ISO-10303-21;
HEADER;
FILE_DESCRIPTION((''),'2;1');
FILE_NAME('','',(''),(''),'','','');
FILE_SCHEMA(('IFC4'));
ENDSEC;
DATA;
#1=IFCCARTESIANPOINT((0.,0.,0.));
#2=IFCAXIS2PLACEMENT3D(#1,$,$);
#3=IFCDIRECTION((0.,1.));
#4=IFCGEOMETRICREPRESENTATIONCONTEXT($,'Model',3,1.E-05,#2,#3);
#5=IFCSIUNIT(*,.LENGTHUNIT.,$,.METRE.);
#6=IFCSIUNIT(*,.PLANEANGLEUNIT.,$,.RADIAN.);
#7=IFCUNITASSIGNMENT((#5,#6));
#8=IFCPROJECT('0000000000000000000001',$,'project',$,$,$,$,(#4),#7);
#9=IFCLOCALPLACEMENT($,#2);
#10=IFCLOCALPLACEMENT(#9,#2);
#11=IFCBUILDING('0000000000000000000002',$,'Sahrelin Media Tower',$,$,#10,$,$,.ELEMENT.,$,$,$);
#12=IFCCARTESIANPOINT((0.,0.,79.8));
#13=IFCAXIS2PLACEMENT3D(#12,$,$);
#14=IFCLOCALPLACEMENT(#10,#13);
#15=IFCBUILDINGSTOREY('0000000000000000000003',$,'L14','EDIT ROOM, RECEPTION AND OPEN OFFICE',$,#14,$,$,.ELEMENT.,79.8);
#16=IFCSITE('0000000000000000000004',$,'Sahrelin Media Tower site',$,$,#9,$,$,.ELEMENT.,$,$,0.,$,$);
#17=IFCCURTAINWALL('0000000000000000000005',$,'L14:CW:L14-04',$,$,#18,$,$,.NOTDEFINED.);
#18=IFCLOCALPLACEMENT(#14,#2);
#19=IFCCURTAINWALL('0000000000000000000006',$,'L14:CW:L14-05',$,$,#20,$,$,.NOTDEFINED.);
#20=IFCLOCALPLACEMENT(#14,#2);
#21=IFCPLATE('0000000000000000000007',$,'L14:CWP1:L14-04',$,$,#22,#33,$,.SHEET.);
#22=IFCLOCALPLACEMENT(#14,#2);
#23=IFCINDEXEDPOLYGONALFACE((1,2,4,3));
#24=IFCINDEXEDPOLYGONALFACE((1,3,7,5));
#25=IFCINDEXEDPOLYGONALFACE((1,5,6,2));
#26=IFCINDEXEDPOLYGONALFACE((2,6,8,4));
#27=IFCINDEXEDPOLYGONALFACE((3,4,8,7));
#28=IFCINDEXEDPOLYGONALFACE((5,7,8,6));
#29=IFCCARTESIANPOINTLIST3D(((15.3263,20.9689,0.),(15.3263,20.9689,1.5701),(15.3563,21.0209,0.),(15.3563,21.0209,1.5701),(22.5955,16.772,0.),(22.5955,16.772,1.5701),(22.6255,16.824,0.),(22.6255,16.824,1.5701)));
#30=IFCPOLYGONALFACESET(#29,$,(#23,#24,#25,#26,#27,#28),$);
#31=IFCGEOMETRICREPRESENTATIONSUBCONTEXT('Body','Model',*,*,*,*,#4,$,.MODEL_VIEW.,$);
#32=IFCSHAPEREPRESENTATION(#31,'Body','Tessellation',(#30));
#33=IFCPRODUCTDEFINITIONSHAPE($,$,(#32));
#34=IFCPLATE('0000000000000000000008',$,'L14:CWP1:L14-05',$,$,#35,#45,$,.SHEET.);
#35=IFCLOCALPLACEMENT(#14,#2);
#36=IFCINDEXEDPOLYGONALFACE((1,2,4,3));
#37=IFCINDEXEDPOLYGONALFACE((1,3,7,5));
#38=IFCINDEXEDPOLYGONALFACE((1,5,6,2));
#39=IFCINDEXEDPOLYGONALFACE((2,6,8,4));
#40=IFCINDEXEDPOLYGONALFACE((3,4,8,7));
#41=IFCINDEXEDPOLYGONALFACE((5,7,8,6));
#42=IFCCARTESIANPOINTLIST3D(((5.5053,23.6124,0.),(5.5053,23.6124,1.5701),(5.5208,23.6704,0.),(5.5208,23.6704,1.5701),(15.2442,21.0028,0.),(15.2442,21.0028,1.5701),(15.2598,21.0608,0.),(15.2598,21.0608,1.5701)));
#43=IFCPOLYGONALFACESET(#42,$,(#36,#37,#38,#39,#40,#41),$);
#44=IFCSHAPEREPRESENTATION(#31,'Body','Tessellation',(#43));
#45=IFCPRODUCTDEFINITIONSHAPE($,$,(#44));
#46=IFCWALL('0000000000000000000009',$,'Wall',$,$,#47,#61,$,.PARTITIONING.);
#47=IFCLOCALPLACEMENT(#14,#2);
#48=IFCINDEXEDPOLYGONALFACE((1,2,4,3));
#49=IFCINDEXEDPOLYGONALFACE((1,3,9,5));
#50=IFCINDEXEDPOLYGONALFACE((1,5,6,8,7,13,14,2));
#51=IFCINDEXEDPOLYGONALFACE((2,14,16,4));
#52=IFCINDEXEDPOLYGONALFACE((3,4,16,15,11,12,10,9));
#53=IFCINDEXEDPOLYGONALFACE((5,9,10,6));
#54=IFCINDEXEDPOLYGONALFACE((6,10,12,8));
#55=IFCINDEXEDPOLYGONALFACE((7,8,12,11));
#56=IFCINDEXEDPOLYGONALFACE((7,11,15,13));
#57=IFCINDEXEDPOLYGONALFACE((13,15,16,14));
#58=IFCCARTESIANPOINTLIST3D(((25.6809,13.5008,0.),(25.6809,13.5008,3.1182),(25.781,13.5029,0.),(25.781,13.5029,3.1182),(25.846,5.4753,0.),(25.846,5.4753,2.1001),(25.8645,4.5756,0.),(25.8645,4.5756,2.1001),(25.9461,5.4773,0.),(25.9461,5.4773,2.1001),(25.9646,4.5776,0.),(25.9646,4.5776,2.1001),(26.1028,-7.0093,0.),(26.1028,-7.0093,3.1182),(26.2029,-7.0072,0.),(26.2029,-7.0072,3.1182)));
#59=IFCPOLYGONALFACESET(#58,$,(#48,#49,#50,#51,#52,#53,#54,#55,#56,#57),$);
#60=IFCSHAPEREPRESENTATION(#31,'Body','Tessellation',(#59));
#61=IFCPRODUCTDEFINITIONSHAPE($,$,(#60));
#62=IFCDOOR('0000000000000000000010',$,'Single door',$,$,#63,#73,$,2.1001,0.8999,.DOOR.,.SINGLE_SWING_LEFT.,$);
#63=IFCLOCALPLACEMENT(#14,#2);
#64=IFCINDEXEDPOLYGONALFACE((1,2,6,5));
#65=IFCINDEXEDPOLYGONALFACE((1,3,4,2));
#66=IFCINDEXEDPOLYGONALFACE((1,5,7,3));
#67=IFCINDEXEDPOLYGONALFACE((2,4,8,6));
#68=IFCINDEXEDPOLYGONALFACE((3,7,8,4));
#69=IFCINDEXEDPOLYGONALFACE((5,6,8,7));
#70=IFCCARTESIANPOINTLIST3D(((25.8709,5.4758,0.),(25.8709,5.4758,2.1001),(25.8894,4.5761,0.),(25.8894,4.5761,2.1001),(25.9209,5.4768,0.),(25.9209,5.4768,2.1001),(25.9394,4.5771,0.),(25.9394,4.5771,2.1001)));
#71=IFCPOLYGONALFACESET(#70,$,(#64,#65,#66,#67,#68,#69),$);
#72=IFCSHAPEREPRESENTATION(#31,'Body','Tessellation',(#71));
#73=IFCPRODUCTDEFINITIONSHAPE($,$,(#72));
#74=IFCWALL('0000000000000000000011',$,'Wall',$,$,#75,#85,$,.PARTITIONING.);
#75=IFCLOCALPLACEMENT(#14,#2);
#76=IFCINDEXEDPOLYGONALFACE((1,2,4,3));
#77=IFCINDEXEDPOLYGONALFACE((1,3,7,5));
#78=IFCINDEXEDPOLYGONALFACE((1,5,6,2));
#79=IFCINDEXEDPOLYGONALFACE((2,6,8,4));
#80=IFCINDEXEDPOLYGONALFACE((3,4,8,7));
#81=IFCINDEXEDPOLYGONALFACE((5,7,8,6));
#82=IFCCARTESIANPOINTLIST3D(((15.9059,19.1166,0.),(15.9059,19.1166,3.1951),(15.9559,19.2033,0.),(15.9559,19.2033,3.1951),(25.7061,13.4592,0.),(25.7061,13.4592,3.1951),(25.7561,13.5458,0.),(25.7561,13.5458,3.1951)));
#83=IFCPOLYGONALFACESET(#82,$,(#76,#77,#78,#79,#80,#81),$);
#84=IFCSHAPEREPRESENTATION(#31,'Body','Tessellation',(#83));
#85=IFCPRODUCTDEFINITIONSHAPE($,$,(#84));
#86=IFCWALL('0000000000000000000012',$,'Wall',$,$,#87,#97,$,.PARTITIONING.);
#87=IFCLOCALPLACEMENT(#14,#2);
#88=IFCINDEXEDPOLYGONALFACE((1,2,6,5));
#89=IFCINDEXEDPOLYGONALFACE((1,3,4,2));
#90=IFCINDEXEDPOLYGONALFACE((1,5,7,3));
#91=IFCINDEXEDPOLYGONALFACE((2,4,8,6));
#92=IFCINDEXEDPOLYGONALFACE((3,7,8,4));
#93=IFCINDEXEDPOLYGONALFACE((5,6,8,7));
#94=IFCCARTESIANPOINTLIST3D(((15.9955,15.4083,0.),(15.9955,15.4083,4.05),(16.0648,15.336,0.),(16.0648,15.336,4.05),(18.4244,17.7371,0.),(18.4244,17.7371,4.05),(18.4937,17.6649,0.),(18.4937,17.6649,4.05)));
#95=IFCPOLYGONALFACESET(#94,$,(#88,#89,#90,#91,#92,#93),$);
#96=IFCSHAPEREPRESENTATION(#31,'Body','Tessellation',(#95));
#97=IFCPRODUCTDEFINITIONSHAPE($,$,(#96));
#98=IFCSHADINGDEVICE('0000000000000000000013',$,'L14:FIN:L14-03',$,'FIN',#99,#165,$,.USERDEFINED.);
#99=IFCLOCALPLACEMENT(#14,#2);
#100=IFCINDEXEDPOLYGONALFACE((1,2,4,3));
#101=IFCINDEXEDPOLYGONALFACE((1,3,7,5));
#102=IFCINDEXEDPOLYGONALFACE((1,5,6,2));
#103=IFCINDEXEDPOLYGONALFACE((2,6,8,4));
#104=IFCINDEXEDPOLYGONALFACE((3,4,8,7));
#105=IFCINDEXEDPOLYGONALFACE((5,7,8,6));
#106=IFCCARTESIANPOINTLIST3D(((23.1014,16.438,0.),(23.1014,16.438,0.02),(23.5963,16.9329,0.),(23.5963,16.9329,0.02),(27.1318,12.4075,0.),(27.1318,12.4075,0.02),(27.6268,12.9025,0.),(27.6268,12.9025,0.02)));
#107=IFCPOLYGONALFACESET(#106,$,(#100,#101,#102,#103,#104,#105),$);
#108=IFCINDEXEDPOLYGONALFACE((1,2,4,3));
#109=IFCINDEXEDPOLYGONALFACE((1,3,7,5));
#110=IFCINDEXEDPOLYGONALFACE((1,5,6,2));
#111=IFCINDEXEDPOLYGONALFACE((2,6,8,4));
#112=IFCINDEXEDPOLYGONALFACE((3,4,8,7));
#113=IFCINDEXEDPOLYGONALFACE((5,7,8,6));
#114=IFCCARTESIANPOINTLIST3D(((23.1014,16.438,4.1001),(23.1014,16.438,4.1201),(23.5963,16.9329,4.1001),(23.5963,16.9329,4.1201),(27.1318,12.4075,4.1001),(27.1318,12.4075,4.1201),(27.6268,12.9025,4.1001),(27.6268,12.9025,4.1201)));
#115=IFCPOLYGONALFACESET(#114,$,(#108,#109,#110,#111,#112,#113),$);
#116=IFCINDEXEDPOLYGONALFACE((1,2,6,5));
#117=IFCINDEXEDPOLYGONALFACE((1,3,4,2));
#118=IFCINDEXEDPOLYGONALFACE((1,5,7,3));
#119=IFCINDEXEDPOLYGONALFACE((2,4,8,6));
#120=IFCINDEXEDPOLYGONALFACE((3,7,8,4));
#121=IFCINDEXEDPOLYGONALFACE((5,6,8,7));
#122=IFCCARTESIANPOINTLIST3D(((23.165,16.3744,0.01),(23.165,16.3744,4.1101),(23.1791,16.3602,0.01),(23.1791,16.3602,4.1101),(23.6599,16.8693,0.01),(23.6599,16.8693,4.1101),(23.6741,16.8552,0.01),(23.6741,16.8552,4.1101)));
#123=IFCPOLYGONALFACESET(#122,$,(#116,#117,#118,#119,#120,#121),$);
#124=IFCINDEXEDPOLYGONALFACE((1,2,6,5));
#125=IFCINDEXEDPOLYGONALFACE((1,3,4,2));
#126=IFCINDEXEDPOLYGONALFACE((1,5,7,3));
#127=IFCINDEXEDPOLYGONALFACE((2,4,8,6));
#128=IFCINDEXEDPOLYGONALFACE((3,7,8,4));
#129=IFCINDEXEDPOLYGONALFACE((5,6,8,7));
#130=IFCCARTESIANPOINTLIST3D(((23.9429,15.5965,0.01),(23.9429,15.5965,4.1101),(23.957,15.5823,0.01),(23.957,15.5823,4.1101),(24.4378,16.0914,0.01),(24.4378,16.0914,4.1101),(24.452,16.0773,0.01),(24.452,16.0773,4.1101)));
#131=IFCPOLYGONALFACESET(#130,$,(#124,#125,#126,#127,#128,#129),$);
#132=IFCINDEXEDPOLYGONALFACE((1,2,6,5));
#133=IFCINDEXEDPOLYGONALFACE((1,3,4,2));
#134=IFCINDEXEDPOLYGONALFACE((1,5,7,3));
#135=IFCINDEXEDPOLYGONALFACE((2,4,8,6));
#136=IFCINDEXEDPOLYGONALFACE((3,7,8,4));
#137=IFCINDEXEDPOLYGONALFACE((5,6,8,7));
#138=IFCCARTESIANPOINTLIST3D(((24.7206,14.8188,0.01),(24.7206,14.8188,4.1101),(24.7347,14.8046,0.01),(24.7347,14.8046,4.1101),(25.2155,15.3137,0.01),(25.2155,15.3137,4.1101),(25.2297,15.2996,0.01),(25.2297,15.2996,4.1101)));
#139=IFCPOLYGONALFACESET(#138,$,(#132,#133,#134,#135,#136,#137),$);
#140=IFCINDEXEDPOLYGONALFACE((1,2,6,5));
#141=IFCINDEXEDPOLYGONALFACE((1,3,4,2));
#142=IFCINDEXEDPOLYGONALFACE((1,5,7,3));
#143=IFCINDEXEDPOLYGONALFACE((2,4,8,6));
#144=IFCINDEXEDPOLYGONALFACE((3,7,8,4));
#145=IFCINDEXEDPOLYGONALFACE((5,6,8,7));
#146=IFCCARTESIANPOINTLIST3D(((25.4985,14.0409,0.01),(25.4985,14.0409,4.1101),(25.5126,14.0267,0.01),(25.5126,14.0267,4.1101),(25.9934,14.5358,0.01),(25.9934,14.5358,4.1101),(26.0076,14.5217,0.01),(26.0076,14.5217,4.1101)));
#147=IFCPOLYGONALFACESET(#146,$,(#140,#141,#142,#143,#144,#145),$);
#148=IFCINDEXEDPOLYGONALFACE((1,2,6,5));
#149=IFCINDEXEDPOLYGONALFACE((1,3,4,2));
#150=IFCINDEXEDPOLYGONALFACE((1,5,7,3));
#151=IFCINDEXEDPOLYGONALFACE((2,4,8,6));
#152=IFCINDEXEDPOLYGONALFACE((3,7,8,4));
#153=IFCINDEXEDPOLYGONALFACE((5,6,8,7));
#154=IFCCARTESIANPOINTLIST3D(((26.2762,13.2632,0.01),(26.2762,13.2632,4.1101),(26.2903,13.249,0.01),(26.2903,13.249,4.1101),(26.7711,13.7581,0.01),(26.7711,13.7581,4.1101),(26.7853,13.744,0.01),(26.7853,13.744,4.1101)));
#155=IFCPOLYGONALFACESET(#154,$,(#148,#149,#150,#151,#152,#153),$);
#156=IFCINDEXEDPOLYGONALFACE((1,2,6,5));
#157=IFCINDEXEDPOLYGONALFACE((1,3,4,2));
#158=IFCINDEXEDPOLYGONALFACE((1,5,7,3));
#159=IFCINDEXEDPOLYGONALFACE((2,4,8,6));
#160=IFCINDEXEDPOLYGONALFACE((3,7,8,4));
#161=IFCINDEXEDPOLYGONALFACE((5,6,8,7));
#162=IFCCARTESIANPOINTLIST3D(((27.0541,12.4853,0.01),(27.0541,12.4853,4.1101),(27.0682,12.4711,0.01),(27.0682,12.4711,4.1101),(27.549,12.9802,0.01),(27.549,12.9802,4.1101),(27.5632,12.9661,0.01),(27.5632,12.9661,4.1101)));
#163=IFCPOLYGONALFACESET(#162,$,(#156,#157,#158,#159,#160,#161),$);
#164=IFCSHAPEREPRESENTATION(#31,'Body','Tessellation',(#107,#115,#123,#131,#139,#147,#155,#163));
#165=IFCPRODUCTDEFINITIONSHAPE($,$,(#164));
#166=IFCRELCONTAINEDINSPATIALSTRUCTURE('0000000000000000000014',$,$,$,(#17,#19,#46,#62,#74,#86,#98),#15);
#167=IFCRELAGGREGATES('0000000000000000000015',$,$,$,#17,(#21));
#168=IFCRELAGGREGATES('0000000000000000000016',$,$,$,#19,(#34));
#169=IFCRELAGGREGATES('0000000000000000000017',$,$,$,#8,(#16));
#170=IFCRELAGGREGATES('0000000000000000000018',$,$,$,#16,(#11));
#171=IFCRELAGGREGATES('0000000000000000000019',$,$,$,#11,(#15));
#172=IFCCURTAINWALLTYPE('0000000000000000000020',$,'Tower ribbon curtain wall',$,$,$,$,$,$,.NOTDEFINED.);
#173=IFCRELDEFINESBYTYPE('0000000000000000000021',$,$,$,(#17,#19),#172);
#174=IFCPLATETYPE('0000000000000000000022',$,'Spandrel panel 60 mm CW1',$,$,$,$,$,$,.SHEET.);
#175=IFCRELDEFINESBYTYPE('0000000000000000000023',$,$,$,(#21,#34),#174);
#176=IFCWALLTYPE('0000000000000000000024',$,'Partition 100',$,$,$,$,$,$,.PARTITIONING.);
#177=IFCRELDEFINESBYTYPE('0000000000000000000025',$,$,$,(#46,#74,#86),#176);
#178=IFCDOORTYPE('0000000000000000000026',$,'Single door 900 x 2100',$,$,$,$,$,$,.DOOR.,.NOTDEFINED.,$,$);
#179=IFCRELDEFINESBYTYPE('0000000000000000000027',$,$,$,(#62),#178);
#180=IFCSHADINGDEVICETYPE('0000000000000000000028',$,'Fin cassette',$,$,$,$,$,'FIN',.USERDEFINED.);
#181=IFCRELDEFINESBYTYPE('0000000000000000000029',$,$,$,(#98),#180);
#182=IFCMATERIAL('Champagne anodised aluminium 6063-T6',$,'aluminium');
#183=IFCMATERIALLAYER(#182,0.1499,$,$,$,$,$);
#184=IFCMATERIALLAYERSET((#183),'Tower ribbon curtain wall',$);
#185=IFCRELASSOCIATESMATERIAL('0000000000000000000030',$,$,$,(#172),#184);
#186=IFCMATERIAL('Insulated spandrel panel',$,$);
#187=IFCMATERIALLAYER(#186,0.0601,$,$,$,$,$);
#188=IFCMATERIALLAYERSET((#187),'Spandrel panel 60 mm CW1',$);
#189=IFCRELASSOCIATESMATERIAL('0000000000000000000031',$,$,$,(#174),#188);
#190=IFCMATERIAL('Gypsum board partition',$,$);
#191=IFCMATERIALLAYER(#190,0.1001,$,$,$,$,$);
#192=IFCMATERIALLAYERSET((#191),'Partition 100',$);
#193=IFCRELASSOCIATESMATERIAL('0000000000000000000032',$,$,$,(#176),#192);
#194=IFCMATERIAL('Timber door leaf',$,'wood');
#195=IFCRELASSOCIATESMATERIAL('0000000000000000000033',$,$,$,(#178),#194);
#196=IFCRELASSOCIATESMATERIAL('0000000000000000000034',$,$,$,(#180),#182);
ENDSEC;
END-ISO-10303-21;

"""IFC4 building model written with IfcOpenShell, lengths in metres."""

from ifc_helpers import new_model, si_unit, direction, frame, frame_2d, origin, origin_2d, place, context, subcontext, project, spatial, polyline, rectangle, outline, extrude, material, layer, layer_set, type_object, element, fill, aggregate, save


model = new_model("IFC4")

# Units and contexts
model_context = context("Model", 3, precision=1e-05, world=origin(), true_north=direction((0.0, 1.0)))
body_context = subcontext(model_context, "Body", "Model", "MODEL_VIEW")
ifc_project = project(units=[si_unit("LENGTHUNIT", "METRE"), si_unit("PLANEANGLEUNIT", "RADIAN")], contexts=[model_context])

# Site, building, storey
site_placement = place(None, origin())
site = spatial("IfcSite", under=ifc_project, at=site_placement, Name="Sahrelin Media Tower site", CompositionType="ELEMENT", RefElevation=0.0)
building_placement = place(site_placement, origin())
building = spatial("IfcBuilding", under=site, at=building_placement, Name="Sahrelin Media Tower", CompositionType="ELEMENT")
storey_placement = place(building_placement, frame((0.0, 0.0, 79.8)))
storey = spatial("IfcBuildingStorey", under=building, at=storey_placement, Name="L14", Description="EDIT ROOM, RECEPTION AND OPEN OFFICE", CompositionType="ELEMENT", Elevation=79.8)

# Curtain wall
ifc_material_1 = material(Name="Champagne anodised aluminium 6063-T6", Category="aluminium")
ifc_layer_1 = layer(ifc_material_1, 0.1499)
ifc_layer_set_1 = layer_set([ifc_layer_1], Name="Tower ribbon curtain wall")
curtain_wall_type = type_object("IfcCurtainWallType", Name="Tower ribbon curtain wall", PredefinedType="NOTDEFINED", material=ifc_layer_set_1)
curtain_wall_1_placement = place(storey_placement, frame((18.9807, 18.905, 0.0), z_axis=(0.0, 0.0, 1.0), x_axis=(1.0, 0.0, 0.0)))
curtain_wall_1 = element("IfcCurtainWall", 1, at=curtain_wall_1_placement, inside=storey, type_object=curtain_wall_type, Name="L14:CW:L14-04", PredefinedType="NOTDEFINED")

# Curtain wall
curtain_wall_2_placement = place(storey_placement, frame((10.385, 22.3464, 0.0), z_axis=(0.0, 0.0, 1.0), x_axis=(1.0, 0.0, 0.0)))
curtain_wall_2 = element("IfcCurtainWall", 2, at=curtain_wall_2_placement, inside=storey, type_object=curtain_wall_type, Name="L14:CW:L14-05", PredefinedType="NOTDEFINED")

# Plates
ifc_material_2 = material(Name="Insulated spandrel panel")
ifc_layer_2 = layer(ifc_material_2, 0.0601)
ifc_layer_set_2 = layer_set([ifc_layer_2], Name="Spandrel panel 60 mm CW1")
plate_type_1 = type_object("IfcPlateType", Name="Spandrel panel 60 mm CW1", PredefinedType="SHEET", material=ifc_layer_set_2)
plate_1_placement = place(storey_placement, frame((22.6255, 16.824, 0.0), z_axis=(0.500009, 0.86602, 0.0), x_axis=(-0.86602, 0.500009, 0.0)))
plate_1 = element("IfcPlate", 3, at=plate_1_placement, type_object=plate_type_1, Name="L14:CWP1:L14-04", PredefinedType="SHEET", context=body_context, shape_type="SweptSolid", body=[
    extrude(outline(polyline([(0.0, 0.0), (8.3938, 0.0), (8.3938, 1.5701), (0.0, 1.5701), (0.0, 0.0)])), origin(), (0.0, 0.0, -1.0), 0.0601),
])
aggregate(curtain_wall_1, [plate_1])
plate_2_placement = place(storey_placement, frame((15.2598, 21.0608, 0.0), z_axis=(0.258824, 0.965924, 0.0), x_axis=(-0.965924, 0.258824, 0.0)))
plate_2 = element("IfcPlate", 4, at=plate_2_placement, type_object=plate_type_1, Name="L14:CWP1:L14-05", PredefinedType="SHEET", context=body_context, shape_type="SweptSolid", body=[
    extrude(outline(polyline([(0.0, 0.0), (10.0825, 0.0), (10.0825, 1.5701), (0.0, 1.5701), (0.0, 0.0)])), origin(), (0.0, 0.0, -1.0), 0.0601),
])
aggregate(curtain_wall_2, [plate_2])

# Wall, opening, door
ifc_material_3 = material(Name="Gypsum board partition")
ifc_layer_3 = layer(ifc_material_3, 0.1001)
ifc_layer_set_3 = layer_set([ifc_layer_3], Name="Partition 100")
wall_type = type_object("IfcWallType", Name="Partition 100", PredefinedType="PARTITIONING", material=ifc_layer_set_3)
wall_1_placement = place(storey_placement, frame((25.731, 13.502, 0.0), z_axis=(0.0, 0.0, 1.0), x_axis=(0.020565, -0.999789, 0.0)))
wall_1 = element("IfcWall", 5, at=wall_1_placement, inside=storey, type_object=wall_type, Name="Wall", PredefinedType="PARTITIONING", context=body_context, shape_type="SweptSolid", body=[
    extrude(rectangle(XDim=20.5144, YDim=0.1001, at=frame_2d((10.2573, 0.0))), origin(), (0.0, 0.0, 1.0), 3.1182),
])
opening_placement = place(wall_1_placement, frame((8.0273, 0.0, 0.0)))
opening = element("IfcOpeningElement", 6, at=opening_placement, cuts=wall_1, PredefinedType="OPENING", context=body_context, shape_type="SweptSolid", body=[
    extrude(rectangle(XDim=0.8999, YDim=2.1001, at=frame_2d((0.45, 1.05))), frame((0.0, 0.05, 0.0), z_axis=(0.0, -1.0, 0.0), x_axis=(1.0, 0.0, 0.0)), (0.0, 0.0, 1.0), 0.1001),
])
ifc_material_4 = material(Name="Timber door leaf", Category="wood")
door_type = type_object("IfcDoorType", Name="Single door 900 x 2100", OperationType="NOTDEFINED", PredefinedType="DOOR", material=ifc_material_4)
door_placement = place(opening_placement, origin())
door = element("IfcDoor", 7, at=door_placement, inside=storey, type_object=door_type, Name="Single door", OperationType="SINGLE_SWING_LEFT", OverallHeight=2.1001, OverallWidth=0.8999, PredefinedType="DOOR", context=body_context, shape_type="SweptSolid", body=[
    extrude(rectangle(XDim=0.8999, YDim=2.1001, at=frame_2d((0.45, 1.05))), frame((0.0, 0.0249, 0.0), z_axis=(0.0, -1.0, 0.0), x_axis=(1.0, 0.0, 0.0)), (0.0, 0.0, 1.0), 0.05),
])
fill(opening, door)

# Walls
wall_2_placement = place(storey_placement, frame((15.9309, 19.1599, 0.0), z_axis=(0.0, 0.0, 1.0), x_axis=(0.866053, -0.499952, 0.0)))
element("IfcWall", 8, at=wall_2_placement, inside=storey, type_object=wall_type, Name="Wall", PredefinedType="PARTITIONING", context=body_context, shape_type="SweptSolid", body=[
    extrude(rectangle(XDim=11.3159, YDim=0.1001, at=frame_2d((5.658, 0.0))), origin(), (0.0, 0.0, 1.0), 3.1951),
])
wall_3_placement = place(storey_placement, frame((16.03, 15.3721, 0.0), z_axis=(0.0, 0.0, 1.0), x_axis=(0.721824, 0.692077, 0.0)))
element("IfcWall", 9, at=wall_3_placement, inside=storey, type_object=wall_type, Name="Wall", PredefinedType="PARTITIONING", context=body_context, shape_type="SweptSolid", body=[
    extrude(rectangle(XDim=3.365, YDim=0.1001, at=frame_2d((1.6826, 0.0))), origin(), (0.0, 0.0, 1.0), 4.05),
])

# Shading device
shading_device_type_1 = type_object("IfcShadingDeviceType", Name="Fin cassette", ElementType="FIN", PredefinedType="USERDEFINED", material=ifc_material_1)
placement_1 = place(storey_placement, frame((25.0671, 14.3733, 0.0), z_axis=(0.0, 0.0, 1.0), x_axis=(0.707107, -0.707107, 0.0)))
element("IfcShadingDevice", 10, at=placement_1, inside=storey, type_object=shading_device_type_1, Name="L14:FIN:L14-03", ObjectType="FIN", PredefinedType="USERDEFINED", context=body_context, shape_type="SweptSolid", body=[
    extrude(rectangle(XDim=5.7, YDim=0.7, at=origin_2d()), frame((0.0, 0.4199, 0.0)), (0.0, 0.0, 1.0), 0.02),
    extrude(rectangle(XDim=5.7, YDim=0.7, at=origin_2d()), frame((0.0, 0.4199, 4.1001)), (0.0, 0.0, 1.0), 0.02),
    extrude(rectangle(XDim=0.02, YDim=0.7, at=origin_2d()), frame((-2.75, 0.4199, 0.01), z_axis=(0.0, 0.0, 1.0), x_axis=(1.0, 0.0, 0.0)), (0.0, 0.0, 1.0), 4.1001),
    extrude(rectangle(XDim=0.02, YDim=0.7, at=origin_2d()), frame((-1.6499, 0.4199, 0.01), z_axis=(0.0, 0.0, 1.0), x_axis=(1.0, 0.0, 0.0)), (0.0, 0.0, 1.0), 4.1001),
    extrude(rectangle(XDim=0.02, YDim=0.7, at=origin_2d()), frame((-0.55, 0.4199, 0.01), z_axis=(0.0, 0.0, 1.0), x_axis=(1.0, 0.0, 0.0)), (0.0, 0.0, 1.0), 4.1001),
    extrude(rectangle(XDim=0.02, YDim=0.7, at=origin_2d()), frame((0.55, 0.4199, 0.01), z_axis=(0.0, 0.0, 1.0), x_axis=(1.0, 0.0, 0.0)), (0.0, 0.0, 1.0), 4.1001),
    extrude(rectangle(XDim=0.02, YDim=0.7, at=origin_2d()), frame((1.6499, 0.4199, 0.01), z_axis=(0.0, 0.0, 1.0), x_axis=(1.0, 0.0, 0.0)), (0.0, 0.0, 1.0), 4.1001),
    extrude(rectangle(XDim=0.02, YDim=0.7, at=origin_2d()), frame((2.75, 0.4199, 0.01), z_axis=(0.0, 0.0, 1.0), x_axis=(1.0, 0.0, 0.0)), (0.0, 0.0, 1.0), 4.1001),
])

save(model, "model.ifc")
